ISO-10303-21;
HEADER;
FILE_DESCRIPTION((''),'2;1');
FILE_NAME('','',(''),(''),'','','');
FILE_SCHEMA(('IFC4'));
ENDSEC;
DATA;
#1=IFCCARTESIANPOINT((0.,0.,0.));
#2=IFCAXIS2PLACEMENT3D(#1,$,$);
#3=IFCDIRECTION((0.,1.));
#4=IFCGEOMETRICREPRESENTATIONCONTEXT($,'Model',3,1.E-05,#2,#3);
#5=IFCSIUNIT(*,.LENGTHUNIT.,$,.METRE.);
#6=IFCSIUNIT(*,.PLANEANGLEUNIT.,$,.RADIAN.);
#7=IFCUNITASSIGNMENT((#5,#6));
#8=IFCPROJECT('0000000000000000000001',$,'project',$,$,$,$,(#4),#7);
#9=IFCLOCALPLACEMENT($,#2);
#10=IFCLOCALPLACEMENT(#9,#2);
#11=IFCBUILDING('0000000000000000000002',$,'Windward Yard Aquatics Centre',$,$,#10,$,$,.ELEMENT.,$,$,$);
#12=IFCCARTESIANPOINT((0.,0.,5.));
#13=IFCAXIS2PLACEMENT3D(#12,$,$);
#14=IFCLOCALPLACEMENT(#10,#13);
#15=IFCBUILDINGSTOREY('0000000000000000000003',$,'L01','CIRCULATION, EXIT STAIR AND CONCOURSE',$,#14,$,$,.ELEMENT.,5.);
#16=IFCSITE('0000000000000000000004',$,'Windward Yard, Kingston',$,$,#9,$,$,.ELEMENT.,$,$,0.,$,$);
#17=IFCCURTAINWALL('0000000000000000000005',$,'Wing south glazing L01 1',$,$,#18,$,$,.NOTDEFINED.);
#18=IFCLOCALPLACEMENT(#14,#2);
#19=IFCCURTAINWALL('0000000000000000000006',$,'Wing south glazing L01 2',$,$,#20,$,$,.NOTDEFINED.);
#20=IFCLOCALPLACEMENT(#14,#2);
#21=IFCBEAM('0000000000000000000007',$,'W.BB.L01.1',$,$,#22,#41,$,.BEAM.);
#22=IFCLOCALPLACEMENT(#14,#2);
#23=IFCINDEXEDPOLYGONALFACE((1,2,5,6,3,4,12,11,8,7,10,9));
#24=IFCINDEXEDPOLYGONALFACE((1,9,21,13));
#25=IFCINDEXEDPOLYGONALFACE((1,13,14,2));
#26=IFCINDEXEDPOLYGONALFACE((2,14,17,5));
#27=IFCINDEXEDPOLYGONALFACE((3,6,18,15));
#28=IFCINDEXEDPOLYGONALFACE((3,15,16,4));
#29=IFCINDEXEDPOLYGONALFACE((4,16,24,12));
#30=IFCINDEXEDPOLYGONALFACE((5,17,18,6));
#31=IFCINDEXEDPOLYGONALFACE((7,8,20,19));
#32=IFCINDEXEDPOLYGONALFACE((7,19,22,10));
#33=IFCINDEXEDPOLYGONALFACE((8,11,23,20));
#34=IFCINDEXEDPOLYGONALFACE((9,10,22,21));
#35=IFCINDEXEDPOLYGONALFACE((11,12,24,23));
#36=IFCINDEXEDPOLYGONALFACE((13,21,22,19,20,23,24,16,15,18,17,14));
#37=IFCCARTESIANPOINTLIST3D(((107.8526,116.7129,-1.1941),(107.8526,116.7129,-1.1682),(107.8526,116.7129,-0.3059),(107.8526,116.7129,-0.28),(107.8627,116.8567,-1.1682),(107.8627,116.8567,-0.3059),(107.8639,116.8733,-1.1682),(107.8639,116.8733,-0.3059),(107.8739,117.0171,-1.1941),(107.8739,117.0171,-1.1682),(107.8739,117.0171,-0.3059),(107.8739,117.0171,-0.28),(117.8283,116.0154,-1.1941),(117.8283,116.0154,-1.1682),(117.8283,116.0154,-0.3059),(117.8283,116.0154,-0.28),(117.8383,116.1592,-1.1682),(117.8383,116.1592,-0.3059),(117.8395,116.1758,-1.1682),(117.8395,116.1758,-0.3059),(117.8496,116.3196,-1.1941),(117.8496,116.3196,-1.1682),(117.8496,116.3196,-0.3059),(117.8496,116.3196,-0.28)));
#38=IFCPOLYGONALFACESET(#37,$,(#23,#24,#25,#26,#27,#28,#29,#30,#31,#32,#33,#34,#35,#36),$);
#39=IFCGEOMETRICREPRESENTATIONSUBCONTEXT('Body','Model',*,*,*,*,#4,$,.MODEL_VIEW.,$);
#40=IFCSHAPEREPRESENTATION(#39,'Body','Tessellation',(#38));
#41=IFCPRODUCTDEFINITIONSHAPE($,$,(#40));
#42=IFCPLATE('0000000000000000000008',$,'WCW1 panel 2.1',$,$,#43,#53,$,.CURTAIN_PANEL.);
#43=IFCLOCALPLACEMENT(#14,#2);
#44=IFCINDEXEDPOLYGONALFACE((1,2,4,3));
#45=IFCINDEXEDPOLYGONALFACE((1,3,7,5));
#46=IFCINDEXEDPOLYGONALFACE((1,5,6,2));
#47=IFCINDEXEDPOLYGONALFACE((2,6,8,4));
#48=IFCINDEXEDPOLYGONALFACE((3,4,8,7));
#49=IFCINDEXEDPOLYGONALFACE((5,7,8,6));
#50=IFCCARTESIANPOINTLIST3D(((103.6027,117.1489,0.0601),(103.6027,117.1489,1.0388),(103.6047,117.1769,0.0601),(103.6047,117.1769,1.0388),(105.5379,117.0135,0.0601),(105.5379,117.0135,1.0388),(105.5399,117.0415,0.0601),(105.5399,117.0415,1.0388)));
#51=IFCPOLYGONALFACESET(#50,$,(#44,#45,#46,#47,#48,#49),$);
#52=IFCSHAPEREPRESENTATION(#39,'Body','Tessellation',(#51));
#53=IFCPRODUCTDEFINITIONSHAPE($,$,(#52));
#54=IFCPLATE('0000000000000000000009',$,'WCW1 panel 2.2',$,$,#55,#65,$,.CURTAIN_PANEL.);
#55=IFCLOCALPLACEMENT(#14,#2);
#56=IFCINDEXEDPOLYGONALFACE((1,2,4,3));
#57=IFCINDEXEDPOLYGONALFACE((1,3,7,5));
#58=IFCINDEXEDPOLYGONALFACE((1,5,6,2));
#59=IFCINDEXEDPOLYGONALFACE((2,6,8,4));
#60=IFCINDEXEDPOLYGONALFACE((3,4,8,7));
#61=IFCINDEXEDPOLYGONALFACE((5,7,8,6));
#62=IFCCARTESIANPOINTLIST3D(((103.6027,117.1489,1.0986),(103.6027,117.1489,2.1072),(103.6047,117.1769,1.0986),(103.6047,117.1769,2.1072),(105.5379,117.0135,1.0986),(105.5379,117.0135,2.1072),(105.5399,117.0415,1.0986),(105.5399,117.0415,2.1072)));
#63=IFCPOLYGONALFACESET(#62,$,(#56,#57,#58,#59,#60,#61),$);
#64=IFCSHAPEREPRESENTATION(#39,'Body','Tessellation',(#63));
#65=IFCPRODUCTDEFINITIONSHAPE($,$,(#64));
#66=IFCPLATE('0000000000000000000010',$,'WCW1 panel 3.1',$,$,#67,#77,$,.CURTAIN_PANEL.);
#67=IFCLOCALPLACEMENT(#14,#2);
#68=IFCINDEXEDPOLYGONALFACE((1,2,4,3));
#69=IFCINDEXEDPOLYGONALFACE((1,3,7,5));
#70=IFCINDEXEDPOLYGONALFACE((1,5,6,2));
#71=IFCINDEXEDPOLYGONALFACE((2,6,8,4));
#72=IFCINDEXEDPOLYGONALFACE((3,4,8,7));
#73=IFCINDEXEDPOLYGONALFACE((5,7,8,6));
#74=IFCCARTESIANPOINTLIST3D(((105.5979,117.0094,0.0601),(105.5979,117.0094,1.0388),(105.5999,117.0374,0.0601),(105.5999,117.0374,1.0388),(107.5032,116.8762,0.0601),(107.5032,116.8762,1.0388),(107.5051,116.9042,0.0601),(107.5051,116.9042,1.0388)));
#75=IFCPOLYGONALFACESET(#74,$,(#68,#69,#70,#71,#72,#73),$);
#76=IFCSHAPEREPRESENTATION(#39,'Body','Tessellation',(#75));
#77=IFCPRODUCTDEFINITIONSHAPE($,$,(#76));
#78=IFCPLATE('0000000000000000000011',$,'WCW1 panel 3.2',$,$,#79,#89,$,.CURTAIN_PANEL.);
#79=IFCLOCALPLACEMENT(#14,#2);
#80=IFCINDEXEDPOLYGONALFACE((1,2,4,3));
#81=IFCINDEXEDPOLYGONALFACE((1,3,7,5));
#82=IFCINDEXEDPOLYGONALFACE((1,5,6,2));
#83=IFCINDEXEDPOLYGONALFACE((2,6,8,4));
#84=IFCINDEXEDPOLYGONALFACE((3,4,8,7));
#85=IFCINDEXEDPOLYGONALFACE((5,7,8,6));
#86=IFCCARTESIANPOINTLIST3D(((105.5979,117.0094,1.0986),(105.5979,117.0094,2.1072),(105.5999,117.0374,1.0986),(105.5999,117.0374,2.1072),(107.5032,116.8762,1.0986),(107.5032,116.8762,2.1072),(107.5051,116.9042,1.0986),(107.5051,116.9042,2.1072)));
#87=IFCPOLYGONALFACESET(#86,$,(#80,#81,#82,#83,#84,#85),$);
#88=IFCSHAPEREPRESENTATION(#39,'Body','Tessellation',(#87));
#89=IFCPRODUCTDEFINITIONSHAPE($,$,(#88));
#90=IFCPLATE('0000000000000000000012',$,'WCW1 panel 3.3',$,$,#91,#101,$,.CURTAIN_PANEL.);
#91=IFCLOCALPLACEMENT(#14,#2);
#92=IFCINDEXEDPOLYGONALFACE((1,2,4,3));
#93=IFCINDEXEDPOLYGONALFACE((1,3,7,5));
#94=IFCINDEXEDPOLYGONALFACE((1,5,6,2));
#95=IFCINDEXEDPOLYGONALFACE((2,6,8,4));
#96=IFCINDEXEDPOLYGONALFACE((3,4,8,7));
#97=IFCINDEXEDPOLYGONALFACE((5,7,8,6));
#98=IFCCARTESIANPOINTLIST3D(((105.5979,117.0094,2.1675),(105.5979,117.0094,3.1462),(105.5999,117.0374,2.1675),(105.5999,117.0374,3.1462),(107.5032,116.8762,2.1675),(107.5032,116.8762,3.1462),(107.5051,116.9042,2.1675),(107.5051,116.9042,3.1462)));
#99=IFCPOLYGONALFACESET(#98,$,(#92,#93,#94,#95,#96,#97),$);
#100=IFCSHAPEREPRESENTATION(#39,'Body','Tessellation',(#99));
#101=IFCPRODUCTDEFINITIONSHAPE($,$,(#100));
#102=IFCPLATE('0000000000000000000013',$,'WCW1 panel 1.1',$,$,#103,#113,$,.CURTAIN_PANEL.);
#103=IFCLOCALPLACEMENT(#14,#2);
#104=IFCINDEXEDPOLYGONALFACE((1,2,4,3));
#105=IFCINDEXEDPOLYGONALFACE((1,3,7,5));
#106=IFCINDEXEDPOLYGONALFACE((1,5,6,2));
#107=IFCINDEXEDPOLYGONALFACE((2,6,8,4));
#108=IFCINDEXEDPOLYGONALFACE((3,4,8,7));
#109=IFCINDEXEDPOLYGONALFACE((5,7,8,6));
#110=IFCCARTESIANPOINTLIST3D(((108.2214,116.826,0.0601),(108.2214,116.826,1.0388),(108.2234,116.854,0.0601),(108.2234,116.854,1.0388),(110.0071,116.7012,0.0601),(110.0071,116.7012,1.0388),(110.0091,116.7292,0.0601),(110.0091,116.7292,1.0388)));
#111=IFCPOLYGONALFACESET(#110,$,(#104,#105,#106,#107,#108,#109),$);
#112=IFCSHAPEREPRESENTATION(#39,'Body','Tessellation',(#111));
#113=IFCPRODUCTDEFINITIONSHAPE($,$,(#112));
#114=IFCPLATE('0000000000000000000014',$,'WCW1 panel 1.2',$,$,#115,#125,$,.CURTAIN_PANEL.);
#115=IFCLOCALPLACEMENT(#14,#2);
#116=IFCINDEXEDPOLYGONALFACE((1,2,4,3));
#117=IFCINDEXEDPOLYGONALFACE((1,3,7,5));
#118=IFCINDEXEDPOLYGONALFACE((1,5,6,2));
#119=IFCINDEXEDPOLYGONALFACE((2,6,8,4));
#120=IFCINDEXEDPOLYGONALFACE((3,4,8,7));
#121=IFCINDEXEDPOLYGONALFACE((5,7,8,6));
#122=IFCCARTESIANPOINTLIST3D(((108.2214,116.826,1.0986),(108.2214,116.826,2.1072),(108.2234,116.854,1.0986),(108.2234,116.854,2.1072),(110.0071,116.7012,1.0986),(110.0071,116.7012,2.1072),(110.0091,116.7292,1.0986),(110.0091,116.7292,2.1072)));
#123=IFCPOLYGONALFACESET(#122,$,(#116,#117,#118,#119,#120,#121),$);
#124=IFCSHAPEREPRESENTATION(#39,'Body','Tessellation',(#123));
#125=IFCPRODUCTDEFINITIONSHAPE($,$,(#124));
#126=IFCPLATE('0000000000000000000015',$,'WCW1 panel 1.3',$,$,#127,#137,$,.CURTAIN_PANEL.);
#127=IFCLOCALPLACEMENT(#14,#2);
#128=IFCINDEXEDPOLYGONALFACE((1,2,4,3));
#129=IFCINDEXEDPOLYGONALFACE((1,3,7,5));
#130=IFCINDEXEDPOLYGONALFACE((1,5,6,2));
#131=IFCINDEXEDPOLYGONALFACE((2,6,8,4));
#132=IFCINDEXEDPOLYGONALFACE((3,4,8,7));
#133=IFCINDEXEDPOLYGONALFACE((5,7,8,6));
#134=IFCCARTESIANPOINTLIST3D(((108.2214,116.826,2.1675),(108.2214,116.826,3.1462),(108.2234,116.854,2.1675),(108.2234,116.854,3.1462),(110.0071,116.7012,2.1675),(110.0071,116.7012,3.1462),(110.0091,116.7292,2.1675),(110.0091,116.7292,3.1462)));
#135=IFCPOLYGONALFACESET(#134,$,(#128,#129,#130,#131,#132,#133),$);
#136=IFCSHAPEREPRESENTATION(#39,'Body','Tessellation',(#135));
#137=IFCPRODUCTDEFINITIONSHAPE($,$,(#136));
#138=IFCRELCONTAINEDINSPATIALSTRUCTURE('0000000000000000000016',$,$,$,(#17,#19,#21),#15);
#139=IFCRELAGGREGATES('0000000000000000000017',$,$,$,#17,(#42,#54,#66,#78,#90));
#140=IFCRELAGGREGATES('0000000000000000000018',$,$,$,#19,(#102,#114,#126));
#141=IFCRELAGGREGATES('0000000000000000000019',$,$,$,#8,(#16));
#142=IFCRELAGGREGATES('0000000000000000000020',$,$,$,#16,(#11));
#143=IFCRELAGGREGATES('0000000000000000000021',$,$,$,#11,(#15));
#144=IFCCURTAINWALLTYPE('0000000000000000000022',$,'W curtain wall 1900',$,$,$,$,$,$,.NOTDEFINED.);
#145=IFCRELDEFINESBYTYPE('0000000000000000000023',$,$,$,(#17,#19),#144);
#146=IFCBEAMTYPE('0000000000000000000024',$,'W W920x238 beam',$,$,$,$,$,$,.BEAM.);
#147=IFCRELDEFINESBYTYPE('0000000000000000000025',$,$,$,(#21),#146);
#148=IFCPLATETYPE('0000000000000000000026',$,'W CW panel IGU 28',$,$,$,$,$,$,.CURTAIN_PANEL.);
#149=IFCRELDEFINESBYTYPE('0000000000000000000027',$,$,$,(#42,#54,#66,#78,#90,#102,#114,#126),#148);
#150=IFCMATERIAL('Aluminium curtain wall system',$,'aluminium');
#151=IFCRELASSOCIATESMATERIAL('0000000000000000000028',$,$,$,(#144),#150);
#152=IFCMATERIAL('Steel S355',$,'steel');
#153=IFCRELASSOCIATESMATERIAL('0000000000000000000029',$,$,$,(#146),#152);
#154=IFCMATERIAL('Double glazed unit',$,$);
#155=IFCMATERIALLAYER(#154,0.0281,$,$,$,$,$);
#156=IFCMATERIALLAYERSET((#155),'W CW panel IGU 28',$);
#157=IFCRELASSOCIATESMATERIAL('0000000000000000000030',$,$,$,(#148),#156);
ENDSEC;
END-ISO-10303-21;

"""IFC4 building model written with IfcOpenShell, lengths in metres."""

from ifc_helpers import new_model, si_unit, direction, frame, origin, origin_2d, place, context, subcontext, project, spatial, rectangle, i_section, extrude, material, layer, layer_set, material_profile, profile_set, type_object, element, aggregate, save


model = new_model("IFC4")

# Units and contexts
model_context = context("Model", 3, precision=1e-05, world=origin(), true_north=direction((0.0, 1.0)))
body_context = subcontext(model_context, "Body", "Model", "MODEL_VIEW")
ifc_project = project(units=[si_unit("LENGTHUNIT", "METRE"), si_unit("PLANEANGLEUNIT", "RADIAN")], contexts=[model_context])

# Site, building, storey
site_placement = place(None, origin())
site = spatial("IfcSite", under=ifc_project, at=site_placement, Name="Windward Yard, Kingston", CompositionType="ELEMENT", RefElevation=0.0)
building_placement = place(site_placement, origin())
building = spatial("IfcBuilding", under=site, at=building_placement, Name="Windward Yard Aquatics Centre", CompositionType="ELEMENT")
storey_placement = place(building_placement, frame((0.0, 0.0, 5.0)))
storey = spatial("IfcBuildingStorey", under=building, at=storey_placement, Name="L01", Description="CIRCULATION, EXIT STAIR AND CONCOURSE", CompositionType="ELEMENT", Elevation=5.0)

# Curtain walls
ifc_material_1 = material(Name="Aluminium curtain wall system", Category="aluminium")
curtain_wall_type = type_object("IfcCurtainWallType", Name="W curtain wall 1900", PredefinedType="NOTDEFINED", material=ifc_material_1)
curtain_wall_1_placement = place(storey_placement, origin())
curtain_wall_1 = element("IfcCurtainWall", 1, at=curtain_wall_1_placement, inside=storey, type_object=curtain_wall_type, Name="Wing south glazing L01 1", PredefinedType="NOTDEFINED")
curtain_wall_2_placement = place(storey_placement, origin())
curtain_wall_2 = element("IfcCurtainWall", 2, at=curtain_wall_2_placement, inside=storey, type_object=curtain_wall_type, Name="Wing south glazing L01 2", PredefinedType="NOTDEFINED")

# Beam
ifc_material_2 = material(Name="Steel S355", Category="steel")
ifc_material_profile_1 = material_profile(ifc_material_2, i_section(OverallWidth=0.3049, OverallDepth=0.9141, WebThickness=0.0166, FlangeThickness=0.0259, at=origin_2d()), Name="W920x238")
ifc_profile_set_1 = profile_set([ifc_material_profile_1], Name="Steel S355")
beam_type_1 = type_object("IfcBeamType", Name="W W920x238 beam", PredefinedType="BEAM", material=ifc_profile_set_1)
beam_1_placement = place(storey_placement, frame((107.8633, 116.865, -0.7371), z_axis=(0.997564, -0.069751, 0.0), x_axis=(0.069751, 0.997564, 0.0)))
element("IfcBeam", 3, at=beam_1_placement, inside=storey, type_object=beam_type_1, Name="W.BB.L01.1", PredefinedType="BEAM", context=body_context, shape_type="SweptSolid", body=[
    extrude(i_section(OverallWidth=0.3049, OverallDepth=0.9141, WebThickness=0.0166, FlangeThickness=0.0259, at=origin_2d()), origin(), (0.0, 0.0, 1.0), 10.0),
])

# Plates
ifc_material_3 = material(Name="Double glazed unit")
ifc_layer = layer(ifc_material_3, 0.0281)
ifc_layer_set = layer_set([ifc_layer], Name="W CW panel IGU 28")
plate_type = type_object("IfcPlateType", Name="W CW panel IGU 28", PredefinedType="CURTAIN_PANEL", material=ifc_layer_set)
plate_1_placement = place(storey_placement, frame((104.5713, 117.0952, 0.0601), z_axis=(0.0, 0.0, 1.0), x_axis=(0.997563, -0.069766, 0.0)))
plate_1 = element("IfcPlate", 4, at=plate_1_placement, type_object=plate_type, Name="WCW1 panel 2.1", PredefinedType="CURTAIN_PANEL", context=body_context, shape_type="SweptSolid", body=[
    extrude(rectangle(XDim=1.9399, YDim=0.0281, at=origin_2d()), origin(), (0.0, 0.0, 1.0), 0.9788),
])
plate_2_placement = place(storey_placement, frame((104.5713, 117.0952, 1.0986), z_axis=(0.0, 0.0, 1.0), x_axis=(0.997563, -0.069766, 0.0)))
plate_2 = element("IfcPlate", 5, at=plate_2_placement, type_object=plate_type, Name="WCW1 panel 2.2", PredefinedType="CURTAIN_PANEL", context=body_context, shape_type="SweptSolid", body=[
    extrude(rectangle(XDim=1.9399, YDim=0.0281, at=origin_2d()), origin(), (0.0, 0.0, 1.0), 1.0085),
])
plate_3_placement = place(storey_placement, frame((106.5515, 116.9568, 0.0601), z_axis=(0.0, 0.0, 1.0), x_axis=(0.997563, -0.069766, 0.0)))
plate_3 = element("IfcPlate", 6, at=plate_3_placement, type_object=plate_type, Name="WCW1 panel 3.1", PredefinedType="CURTAIN_PANEL", context=body_context, shape_type="SweptSolid", body=[
    extrude(rectangle(XDim=1.9099, YDim=0.0281, at=origin_2d()), origin(), (0.0, 0.0, 1.0), 0.9788),
])
plate_4_placement = place(storey_placement, frame((106.5515, 116.9568, 1.0986), z_axis=(0.0, 0.0, 1.0), x_axis=(0.997563, -0.069766, 0.0)))
plate_4 = element("IfcPlate", 7, at=plate_4_placement, type_object=plate_type, Name="WCW1 panel 3.2", PredefinedType="CURTAIN_PANEL", context=body_context, shape_type="SweptSolid", body=[
    extrude(rectangle(XDim=1.9099, YDim=0.0281, at=origin_2d()), origin(), (0.0, 0.0, 1.0), 1.0085),
])
plate_5_placement = place(storey_placement, frame((106.5515, 116.9568, 2.1675), z_axis=(0.0, 0.0, 1.0), x_axis=(0.997563, -0.069766, 0.0)))
plate_5 = element("IfcPlate", 8, at=plate_5_placement, type_object=plate_type, Name="WCW1 panel 3.3", PredefinedType="CURTAIN_PANEL", context=body_context, shape_type="SweptSolid", body=[
    extrude(rectangle(XDim=1.9099, YDim=0.0281, at=origin_2d()), origin(), (0.0, 0.0, 1.0), 0.9788),
])
aggregate(curtain_wall_1, [plate_1, plate_2, plate_3, plate_4, plate_5])
plate_6_placement = place(storey_placement, frame((109.1152, 116.7776, 0.0601), z_axis=(0.0, 0.0, 1.0), x_axis=(0.997564, -0.069755, 0.0)))
plate_6 = element("IfcPlate", 9, at=plate_6_placement, type_object=plate_type, Name="WCW1 panel 1.1", PredefinedType="CURTAIN_PANEL", context=body_context, shape_type="SweptSolid", body=[
    extrude(rectangle(XDim=1.79, YDim=0.0281, at=origin_2d()), origin(), (0.0, 0.0, 1.0), 0.9788),
])
plate_7_placement = place(storey_placement, frame((109.1152, 116.7776, 1.0986), z_axis=(0.0, 0.0, 1.0), x_axis=(0.997564, -0.069755, 0.0)))
plate_7 = element("IfcPlate", 10, at=plate_7_placement, type_object=plate_type, Name="WCW1 panel 1.2", PredefinedType="CURTAIN_PANEL", context=body_context, shape_type="SweptSolid", body=[
    extrude(rectangle(XDim=1.79, YDim=0.0281, at=origin_2d()), origin(), (0.0, 0.0, 1.0), 1.0085),
])
plate_8_placement = place(storey_placement, frame((109.1152, 116.7776, 2.1675), z_axis=(0.0, 0.0, 1.0), x_axis=(0.997564, -0.069755, 0.0)))
plate_8 = element("IfcPlate", 11, at=plate_8_placement, type_object=plate_type, Name="WCW1 panel 1.3", PredefinedType="CURTAIN_PANEL", context=body_context, shape_type="SweptSolid", body=[
    extrude(rectangle(XDim=1.79, YDim=0.0281, at=origin_2d()), origin(), (0.0, 0.0, 1.0), 0.9788),
])
aggregate(curtain_wall_2, [plate_6, plate_7, plate_8])

save(model, "model.ifc")
